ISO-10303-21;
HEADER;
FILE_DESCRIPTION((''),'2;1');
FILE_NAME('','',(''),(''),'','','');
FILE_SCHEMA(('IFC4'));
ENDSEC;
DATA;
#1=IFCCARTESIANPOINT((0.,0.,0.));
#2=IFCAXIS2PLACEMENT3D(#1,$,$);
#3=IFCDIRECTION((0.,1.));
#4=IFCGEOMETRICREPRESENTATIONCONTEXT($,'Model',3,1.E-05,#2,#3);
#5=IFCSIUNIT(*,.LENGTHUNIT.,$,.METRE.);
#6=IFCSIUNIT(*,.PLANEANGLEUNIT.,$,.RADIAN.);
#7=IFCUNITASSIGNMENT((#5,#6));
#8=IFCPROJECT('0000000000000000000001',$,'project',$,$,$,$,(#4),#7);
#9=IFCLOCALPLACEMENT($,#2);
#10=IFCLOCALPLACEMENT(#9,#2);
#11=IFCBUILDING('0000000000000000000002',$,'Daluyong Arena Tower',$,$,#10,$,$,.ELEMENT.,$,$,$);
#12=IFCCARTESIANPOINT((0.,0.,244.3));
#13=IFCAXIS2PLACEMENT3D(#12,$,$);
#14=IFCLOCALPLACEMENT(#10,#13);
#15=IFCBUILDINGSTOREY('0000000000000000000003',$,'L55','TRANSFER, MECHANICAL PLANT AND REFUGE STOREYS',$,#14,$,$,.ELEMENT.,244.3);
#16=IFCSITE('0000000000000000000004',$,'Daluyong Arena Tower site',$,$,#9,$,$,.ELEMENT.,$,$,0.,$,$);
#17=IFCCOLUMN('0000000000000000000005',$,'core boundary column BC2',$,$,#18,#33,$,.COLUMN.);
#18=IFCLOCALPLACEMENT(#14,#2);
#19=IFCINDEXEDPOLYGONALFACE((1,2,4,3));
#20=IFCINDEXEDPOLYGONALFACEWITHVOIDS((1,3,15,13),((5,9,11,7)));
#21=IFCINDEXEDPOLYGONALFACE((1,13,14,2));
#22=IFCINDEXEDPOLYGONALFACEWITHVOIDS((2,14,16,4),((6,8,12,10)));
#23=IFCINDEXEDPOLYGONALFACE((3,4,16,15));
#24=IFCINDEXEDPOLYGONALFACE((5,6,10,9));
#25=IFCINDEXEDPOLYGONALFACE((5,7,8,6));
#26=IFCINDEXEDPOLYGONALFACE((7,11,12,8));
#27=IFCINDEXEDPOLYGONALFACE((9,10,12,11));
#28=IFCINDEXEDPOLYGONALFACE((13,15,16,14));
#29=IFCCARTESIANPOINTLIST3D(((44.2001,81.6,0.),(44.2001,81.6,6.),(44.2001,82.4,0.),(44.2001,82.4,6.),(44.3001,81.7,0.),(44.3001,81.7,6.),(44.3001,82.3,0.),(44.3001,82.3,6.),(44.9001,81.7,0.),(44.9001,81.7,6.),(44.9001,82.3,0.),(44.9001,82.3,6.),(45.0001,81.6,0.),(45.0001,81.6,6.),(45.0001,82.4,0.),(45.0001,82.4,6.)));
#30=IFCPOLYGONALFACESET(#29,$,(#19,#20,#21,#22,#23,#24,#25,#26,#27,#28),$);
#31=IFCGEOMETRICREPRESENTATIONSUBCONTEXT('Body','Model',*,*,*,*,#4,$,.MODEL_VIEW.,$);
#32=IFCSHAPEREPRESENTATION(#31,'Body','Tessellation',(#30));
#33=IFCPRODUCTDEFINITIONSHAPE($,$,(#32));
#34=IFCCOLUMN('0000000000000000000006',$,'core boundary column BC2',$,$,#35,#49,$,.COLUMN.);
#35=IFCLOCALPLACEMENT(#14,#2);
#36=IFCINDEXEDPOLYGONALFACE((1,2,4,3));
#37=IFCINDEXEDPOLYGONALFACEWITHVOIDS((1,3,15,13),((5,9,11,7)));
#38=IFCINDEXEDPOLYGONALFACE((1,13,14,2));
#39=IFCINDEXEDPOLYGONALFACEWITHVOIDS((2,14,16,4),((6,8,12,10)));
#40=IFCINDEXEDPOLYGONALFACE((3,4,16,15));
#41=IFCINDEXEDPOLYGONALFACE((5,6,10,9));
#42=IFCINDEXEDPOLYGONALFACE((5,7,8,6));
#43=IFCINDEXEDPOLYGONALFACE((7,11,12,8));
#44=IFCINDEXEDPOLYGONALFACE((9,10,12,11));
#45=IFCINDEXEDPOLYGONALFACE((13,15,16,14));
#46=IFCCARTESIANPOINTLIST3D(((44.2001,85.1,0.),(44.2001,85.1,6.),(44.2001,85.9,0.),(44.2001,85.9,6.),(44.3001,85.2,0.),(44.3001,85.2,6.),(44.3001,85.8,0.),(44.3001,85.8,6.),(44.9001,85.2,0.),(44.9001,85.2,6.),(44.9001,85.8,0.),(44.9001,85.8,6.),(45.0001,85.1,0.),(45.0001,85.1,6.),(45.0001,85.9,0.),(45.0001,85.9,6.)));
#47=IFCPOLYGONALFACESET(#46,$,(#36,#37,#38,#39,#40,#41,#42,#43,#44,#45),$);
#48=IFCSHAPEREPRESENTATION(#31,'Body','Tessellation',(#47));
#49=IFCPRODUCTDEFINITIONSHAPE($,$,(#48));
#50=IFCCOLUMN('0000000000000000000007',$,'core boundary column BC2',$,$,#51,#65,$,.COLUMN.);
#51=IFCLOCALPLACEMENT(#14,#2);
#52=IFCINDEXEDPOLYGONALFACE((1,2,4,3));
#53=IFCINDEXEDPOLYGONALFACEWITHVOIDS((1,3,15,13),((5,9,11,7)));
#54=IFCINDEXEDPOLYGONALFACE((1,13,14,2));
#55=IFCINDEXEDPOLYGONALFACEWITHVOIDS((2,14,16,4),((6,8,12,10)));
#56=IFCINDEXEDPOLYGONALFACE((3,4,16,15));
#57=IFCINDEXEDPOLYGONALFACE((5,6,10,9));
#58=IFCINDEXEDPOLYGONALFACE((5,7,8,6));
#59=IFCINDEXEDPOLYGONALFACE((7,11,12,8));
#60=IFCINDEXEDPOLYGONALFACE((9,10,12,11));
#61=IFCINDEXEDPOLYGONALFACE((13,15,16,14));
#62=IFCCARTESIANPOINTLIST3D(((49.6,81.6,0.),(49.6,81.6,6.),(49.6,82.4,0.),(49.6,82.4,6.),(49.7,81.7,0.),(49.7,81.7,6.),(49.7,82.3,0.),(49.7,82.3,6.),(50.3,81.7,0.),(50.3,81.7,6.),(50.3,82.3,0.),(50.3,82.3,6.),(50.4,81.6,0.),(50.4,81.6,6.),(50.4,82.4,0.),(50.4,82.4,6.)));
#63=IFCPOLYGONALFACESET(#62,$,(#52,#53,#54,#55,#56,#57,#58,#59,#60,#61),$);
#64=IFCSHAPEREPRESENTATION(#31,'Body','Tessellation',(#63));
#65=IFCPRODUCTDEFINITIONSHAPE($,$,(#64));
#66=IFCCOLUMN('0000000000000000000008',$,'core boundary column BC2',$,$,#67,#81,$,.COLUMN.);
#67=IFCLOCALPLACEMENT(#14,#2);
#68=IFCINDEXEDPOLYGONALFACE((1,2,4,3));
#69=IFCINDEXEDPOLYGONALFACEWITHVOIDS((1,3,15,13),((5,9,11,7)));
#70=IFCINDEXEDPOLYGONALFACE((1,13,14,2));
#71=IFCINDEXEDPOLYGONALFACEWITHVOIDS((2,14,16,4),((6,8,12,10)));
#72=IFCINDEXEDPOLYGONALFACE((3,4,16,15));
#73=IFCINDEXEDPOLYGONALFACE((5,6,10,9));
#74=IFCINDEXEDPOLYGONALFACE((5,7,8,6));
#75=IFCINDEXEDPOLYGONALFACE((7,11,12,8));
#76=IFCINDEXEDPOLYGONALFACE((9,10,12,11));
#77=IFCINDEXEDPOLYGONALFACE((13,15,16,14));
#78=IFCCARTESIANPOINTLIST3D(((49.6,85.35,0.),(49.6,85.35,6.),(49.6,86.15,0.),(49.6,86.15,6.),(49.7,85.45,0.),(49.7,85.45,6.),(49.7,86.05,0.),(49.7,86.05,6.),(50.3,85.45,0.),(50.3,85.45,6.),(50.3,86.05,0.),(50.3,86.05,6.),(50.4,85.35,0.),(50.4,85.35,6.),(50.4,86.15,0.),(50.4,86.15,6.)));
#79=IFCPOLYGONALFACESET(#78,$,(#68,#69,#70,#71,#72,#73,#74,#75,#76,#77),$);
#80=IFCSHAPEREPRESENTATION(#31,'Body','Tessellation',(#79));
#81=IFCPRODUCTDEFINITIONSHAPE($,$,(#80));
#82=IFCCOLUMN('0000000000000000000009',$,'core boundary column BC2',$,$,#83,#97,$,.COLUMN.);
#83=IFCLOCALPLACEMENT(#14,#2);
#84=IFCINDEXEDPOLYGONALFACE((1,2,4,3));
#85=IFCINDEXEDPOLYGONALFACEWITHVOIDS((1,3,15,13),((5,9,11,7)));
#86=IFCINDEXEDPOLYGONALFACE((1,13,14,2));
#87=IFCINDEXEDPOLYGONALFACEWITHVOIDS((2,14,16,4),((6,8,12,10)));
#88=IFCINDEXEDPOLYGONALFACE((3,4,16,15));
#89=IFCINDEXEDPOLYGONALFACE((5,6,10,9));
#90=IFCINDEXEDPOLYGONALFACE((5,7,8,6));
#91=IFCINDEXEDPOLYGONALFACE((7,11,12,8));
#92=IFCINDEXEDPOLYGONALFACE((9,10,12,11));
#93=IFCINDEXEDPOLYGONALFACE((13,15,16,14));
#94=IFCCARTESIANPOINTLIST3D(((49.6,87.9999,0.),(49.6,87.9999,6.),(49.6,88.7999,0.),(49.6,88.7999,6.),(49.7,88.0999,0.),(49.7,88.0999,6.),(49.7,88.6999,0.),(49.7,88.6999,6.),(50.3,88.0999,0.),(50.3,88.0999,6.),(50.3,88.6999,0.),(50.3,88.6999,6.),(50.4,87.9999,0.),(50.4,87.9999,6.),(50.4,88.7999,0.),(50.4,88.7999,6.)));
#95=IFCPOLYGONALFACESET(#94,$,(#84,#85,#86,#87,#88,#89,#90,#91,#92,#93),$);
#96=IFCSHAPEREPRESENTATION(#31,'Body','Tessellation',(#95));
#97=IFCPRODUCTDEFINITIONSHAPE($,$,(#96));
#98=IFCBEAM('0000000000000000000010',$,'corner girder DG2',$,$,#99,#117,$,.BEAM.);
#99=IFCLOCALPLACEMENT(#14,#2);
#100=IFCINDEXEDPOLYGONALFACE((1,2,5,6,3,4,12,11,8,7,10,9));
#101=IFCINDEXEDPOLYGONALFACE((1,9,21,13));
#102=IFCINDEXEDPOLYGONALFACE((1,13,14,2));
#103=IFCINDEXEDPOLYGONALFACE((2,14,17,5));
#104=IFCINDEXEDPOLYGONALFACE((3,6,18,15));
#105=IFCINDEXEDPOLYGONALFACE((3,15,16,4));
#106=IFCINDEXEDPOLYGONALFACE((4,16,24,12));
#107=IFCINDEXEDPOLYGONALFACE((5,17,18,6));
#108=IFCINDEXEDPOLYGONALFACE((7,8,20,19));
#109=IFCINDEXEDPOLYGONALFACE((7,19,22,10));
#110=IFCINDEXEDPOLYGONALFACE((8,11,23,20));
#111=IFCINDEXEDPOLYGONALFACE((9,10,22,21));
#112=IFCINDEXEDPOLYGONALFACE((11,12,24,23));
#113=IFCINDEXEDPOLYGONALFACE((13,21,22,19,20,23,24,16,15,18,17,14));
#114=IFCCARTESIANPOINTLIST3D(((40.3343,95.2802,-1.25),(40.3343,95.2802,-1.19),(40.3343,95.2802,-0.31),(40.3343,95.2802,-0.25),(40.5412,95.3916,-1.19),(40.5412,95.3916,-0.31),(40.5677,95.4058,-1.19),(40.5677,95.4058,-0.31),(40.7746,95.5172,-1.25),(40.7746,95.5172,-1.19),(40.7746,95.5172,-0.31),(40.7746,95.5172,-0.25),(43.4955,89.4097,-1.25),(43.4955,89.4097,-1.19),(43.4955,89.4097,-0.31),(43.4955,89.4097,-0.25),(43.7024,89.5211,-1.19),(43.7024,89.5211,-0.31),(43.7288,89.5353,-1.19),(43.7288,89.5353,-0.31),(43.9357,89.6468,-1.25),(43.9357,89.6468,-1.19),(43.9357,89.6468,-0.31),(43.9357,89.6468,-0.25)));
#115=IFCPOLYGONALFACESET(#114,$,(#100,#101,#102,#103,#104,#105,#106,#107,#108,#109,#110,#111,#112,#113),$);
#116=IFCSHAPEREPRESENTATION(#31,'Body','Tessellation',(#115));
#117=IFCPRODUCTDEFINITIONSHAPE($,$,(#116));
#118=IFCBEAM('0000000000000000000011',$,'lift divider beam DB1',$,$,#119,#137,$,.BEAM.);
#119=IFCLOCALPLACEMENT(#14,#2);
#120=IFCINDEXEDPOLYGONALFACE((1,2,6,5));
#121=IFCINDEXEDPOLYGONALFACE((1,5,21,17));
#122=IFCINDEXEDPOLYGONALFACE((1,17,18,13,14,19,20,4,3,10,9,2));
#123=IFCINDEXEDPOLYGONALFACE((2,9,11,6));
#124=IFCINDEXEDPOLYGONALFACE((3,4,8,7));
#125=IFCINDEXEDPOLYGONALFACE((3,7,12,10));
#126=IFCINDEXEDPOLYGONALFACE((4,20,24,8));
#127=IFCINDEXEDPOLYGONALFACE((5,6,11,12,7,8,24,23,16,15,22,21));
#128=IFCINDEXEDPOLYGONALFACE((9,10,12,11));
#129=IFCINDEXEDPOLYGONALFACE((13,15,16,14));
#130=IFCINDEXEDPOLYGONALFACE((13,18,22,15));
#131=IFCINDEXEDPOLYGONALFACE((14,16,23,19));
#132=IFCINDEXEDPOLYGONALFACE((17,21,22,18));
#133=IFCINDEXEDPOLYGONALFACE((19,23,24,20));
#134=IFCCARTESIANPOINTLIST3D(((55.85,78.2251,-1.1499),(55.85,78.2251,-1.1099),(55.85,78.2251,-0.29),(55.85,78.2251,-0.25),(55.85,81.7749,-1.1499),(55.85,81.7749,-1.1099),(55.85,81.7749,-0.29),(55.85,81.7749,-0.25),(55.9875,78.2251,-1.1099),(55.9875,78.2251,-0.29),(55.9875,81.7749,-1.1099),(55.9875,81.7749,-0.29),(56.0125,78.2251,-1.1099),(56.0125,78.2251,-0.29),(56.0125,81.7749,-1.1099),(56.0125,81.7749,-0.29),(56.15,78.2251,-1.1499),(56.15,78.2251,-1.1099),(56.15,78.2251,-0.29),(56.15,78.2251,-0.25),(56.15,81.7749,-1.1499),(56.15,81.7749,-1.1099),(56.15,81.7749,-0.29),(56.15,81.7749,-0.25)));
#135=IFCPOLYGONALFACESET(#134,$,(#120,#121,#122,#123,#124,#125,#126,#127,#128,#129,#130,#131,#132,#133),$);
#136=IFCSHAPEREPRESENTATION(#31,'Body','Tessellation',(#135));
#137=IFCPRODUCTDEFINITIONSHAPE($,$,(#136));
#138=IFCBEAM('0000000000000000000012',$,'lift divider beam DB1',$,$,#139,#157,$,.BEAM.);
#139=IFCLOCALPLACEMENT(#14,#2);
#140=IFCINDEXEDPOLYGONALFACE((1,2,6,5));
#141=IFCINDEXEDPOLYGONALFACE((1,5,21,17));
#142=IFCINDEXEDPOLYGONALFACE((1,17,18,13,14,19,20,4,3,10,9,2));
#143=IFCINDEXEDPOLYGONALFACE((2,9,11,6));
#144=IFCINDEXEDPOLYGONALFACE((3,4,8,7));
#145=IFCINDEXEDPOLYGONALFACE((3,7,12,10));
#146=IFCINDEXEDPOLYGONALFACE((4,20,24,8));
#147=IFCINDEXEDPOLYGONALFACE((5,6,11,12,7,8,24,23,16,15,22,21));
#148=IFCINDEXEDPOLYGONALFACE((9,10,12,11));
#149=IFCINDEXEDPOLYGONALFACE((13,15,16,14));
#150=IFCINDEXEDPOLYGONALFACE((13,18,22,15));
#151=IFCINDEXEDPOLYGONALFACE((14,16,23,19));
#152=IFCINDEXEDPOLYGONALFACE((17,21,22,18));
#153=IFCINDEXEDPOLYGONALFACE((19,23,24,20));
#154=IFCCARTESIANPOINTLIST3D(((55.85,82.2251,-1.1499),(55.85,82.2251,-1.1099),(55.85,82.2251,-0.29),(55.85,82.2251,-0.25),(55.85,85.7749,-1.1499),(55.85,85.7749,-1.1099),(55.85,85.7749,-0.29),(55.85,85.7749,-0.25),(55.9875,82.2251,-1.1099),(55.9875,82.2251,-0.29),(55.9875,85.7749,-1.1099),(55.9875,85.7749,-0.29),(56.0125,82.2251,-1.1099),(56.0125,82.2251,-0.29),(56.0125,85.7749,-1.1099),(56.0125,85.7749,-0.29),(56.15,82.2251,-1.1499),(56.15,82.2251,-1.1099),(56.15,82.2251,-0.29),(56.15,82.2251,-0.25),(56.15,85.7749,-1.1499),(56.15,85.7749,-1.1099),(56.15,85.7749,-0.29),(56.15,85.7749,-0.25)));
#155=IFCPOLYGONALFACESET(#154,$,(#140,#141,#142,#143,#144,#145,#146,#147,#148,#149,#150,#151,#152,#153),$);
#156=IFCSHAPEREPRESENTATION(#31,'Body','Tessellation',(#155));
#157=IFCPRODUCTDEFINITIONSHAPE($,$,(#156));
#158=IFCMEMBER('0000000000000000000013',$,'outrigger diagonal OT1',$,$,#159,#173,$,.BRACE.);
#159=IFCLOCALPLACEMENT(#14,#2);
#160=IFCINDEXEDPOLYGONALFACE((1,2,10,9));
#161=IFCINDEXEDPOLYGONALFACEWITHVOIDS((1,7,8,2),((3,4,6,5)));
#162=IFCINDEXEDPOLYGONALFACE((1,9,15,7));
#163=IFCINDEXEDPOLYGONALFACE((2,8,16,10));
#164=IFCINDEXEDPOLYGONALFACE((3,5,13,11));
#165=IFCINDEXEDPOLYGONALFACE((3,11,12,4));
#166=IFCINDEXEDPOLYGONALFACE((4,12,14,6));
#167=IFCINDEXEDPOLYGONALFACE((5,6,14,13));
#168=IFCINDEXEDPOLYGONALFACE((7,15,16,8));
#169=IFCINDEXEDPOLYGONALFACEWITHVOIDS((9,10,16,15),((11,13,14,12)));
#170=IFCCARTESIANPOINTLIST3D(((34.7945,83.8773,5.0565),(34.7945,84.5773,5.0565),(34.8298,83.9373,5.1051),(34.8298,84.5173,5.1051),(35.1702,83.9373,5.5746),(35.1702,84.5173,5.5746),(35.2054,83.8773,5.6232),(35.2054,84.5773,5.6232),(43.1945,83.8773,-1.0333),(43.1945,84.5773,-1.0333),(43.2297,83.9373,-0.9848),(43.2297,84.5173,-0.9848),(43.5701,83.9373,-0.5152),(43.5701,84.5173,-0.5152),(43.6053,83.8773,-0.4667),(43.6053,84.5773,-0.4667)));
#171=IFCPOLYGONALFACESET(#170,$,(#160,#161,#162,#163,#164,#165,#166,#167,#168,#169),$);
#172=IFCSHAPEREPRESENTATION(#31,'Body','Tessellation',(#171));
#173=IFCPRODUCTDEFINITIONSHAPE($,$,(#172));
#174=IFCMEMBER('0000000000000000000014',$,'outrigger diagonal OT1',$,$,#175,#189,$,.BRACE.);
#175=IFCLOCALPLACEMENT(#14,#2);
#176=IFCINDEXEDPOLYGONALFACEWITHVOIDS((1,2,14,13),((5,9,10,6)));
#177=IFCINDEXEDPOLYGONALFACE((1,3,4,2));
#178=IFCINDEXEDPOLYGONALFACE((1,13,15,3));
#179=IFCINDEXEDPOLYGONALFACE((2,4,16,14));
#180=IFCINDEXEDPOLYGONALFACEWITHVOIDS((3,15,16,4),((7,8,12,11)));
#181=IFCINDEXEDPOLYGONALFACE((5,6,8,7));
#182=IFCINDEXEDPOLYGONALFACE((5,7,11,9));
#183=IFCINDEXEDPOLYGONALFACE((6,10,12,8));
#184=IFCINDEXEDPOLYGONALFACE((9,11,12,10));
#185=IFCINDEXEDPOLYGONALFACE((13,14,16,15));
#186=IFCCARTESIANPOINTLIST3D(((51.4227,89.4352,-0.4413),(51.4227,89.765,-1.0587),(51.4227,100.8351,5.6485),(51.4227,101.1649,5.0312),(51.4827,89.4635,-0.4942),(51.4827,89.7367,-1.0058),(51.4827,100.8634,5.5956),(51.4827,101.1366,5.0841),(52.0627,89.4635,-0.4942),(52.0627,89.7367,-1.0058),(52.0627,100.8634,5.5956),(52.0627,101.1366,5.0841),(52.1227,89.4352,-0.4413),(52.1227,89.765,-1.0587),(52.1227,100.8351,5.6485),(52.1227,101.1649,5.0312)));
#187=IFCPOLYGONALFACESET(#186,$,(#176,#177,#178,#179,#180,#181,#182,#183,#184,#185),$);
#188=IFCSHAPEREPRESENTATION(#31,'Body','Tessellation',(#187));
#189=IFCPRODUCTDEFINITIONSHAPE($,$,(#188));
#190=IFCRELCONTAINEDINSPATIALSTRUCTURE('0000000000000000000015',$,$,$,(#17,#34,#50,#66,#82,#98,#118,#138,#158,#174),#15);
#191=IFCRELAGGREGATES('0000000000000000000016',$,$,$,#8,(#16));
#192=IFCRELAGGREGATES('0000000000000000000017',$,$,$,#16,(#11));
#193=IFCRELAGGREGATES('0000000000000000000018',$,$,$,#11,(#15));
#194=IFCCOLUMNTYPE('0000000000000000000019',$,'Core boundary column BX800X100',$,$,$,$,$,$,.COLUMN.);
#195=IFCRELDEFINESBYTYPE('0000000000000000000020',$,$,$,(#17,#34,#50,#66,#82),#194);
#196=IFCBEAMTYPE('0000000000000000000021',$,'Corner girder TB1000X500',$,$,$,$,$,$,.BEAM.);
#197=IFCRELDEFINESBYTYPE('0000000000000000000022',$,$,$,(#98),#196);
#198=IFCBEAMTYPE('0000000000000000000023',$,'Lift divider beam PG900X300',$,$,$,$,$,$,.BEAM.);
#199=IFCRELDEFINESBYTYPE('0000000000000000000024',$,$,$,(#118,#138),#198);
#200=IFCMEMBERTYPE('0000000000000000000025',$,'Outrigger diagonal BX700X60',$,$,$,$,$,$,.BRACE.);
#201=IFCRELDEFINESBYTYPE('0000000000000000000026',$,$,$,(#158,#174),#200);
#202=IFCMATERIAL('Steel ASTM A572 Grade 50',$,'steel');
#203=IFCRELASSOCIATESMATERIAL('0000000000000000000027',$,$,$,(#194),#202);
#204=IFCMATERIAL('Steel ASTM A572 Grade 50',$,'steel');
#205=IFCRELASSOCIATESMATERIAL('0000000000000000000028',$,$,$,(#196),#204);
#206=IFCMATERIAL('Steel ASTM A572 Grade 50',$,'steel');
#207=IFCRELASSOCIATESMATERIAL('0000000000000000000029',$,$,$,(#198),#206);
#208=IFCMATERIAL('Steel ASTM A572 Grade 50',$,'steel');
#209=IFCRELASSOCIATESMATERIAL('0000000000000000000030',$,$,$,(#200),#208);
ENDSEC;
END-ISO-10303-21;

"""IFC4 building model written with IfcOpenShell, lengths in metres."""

from ifc_helpers import new_model, si_unit, direction, frame, origin, origin_2d, place, context, subcontext, project, spatial, hollow_rectangle, i_section, extrude, material, material_profile, profile_set, type_object, element, save


model = new_model("IFC4")

# Units and contexts
model_context = context("Model", 3, precision=1e-05, world=origin(), true_north=direction((0.0, 1.0)))
body_context = subcontext(model_context, "Body", "Model", "MODEL_VIEW")
ifc_project = project(units=[si_unit("LENGTHUNIT", "METRE"), si_unit("PLANEANGLEUNIT", "RADIAN")], contexts=[model_context])

# Site, building, storey
site_placement = place(None, origin())
site = spatial("IfcSite", under=ifc_project, at=site_placement, Name="Daluyong Arena Tower site", CompositionType="ELEMENT", RefElevation=0.0)
building_placement = place(site_placement, origin())
building = spatial("IfcBuilding", under=site, at=building_placement, Name="Daluyong Arena Tower", CompositionType="ELEMENT")
storey_placement = place(building_placement, frame((0.0, 0.0, 244.3)))
storey = spatial("IfcBuildingStorey", under=building, at=storey_placement, Name="L55", Description="TRANSFER, MECHANICAL PLANT AND REFUGE STOREYS", CompositionType="ELEMENT", Elevation=244.3)

# Columns
ifc_material_1 = material(Name="Steel ASTM A572 Grade 50", Category="steel")
ifc_material_profile_1 = material_profile(ifc_material_1, hollow_rectangle(XDim=0.8, YDim=0.8, WallThickness=0.1, at=origin_2d()))
ifc_profile_set_1 = profile_set([ifc_material_profile_1], Name="Steel ASTM A572 Grade 50")
column_type = type_object("IfcColumnType", Name="Core boundary column BX800X100", PredefinedType="COLUMN", material=ifc_profile_set_1)
for number, where, z_axis, x_axis, name in (
    (1, (44.6001, 82.0, 0.0), (0.0, 0.0, 1.0), (1.0, 0.0, 0.0), "core boundary column BC2"),
    (2, (44.6001, 85.5, 0.0), (0.0, 0.0, 1.0), (1.0, 0.0, 0.0), "core boundary column BC2"),
    (3, (50.0, 82.0, 0.0), (0.0, 0.0, 1.0), (1.0, 0.0, 0.0), "core boundary column BC2"),
    (4, (50.0, 85.75, 0.0), (0.0, 0.0, 1.0), (1.0, 0.0, 0.0), "core boundary column BC2"),
    (5, (50.0, 88.3999, 0.0), (0.0, 0.0, 1.0), (1.0, 0.0, 0.0), "core boundary column BC2"),
):
    element("IfcColumn", number, at=place(storey_placement, frame(where, z_axis=z_axis, x_axis=x_axis)), inside=storey, type_object=column_type, Name=name, PredefinedType="COLUMN", context=body_context, shape_type="SweptSolid", body=[
        extrude(hollow_rectangle(XDim=0.8, YDim=0.8, WallThickness=0.1, at=origin_2d()), origin(), (0.0, 0.0, 1.0), 6.0),
    ])

# Beams
ifc_material_2 = material(Name="Steel ASTM A572 Grade 50", Category="steel")
ifc_material_profile_2 = material_profile(ifc_material_2, i_section(OverallWidth=0.5, OverallDepth=1.0, WebThickness=0.03, FlangeThickness=0.06, at=origin_2d()))
ifc_profile_set_2 = profile_set([ifc_material_profile_2], Name="Steel ASTM A572 Grade 50")
beam_type_1 = type_object("IfcBeamType", Name="Corner girder TB1000X500", PredefinedType="BEAM", material=ifc_profile_set_2)
beam_1_placement = place(storey_placement, frame((40.5544, 95.3987, -0.75), z_axis=(0.474119, -0.880461, 0.0), x_axis=(0.880461, 0.474119, 0.0)))
element("IfcBeam", 6, at=beam_1_placement, inside=storey, type_object=beam_type_1, Name="corner girder DG2", PredefinedType="BEAM", context=body_context, shape_type="SweptSolid", body=[
    extrude(i_section(OverallWidth=0.5, OverallDepth=1.0, WebThickness=0.03, FlangeThickness=0.06, at=origin_2d()), origin(), (0.0, 0.0, 1.0), 6.6675),
])
ifc_material_3 = material(Name="Steel ASTM A572 Grade 50", Category="steel")
ifc_material_profile_3 = material_profile(ifc_material_3, i_section(OverallWidth=0.3, OverallDepth=0.8999, WebThickness=0.025, FlangeThickness=0.04, at=origin_2d()))
ifc_profile_set_3 = profile_set([ifc_material_profile_3], Name="Steel ASTM A572 Grade 50")
beam_type_2 = type_object("IfcBeamType", Name="Lift divider beam PG900X300", PredefinedType="BEAM", material=ifc_profile_set_3)
for number, where, z_axis, x_axis, name in (
    (7, (56.0, 78.2251, -0.7), (0.0, 1.0, 0.0), (-1.0, 0.0, 0.0), "lift divider beam DB1"),
    (8, (56.0, 82.2251, -0.7), (0.0, 1.0, 0.0), (-1.0, 0.0, 0.0), "lift divider beam DB1"),
):
    element("IfcBeam", number, at=place(storey_placement, frame(where, z_axis=z_axis, x_axis=x_axis)), inside=storey, type_object=beam_type_2, Name=name, PredefinedType="BEAM", context=body_context, shape_type="SweptSolid", body=[
        extrude(i_section(OverallWidth=0.3, OverallDepth=0.8999, WebThickness=0.025, FlangeThickness=0.04, at=origin_2d()), origin(), (0.0, 0.0, 1.0), 3.5498),
    ])

# Members
ifc_material_4 = material(Name="Steel ASTM A572 Grade 50", Category="steel")
ifc_material_profile_4 = material_profile(ifc_material_4, hollow_rectangle(XDim=0.7, YDim=0.7, WallThickness=0.06, at=origin_2d()))
ifc_profile_set_4 = profile_set([ifc_material_profile_4], Name="Steel ASTM A572 Grade 50")
member_type = type_object("IfcMemberType", Name="Outrigger diagonal BX700X60", PredefinedType="BRACE", material=ifc_profile_set_4)
member_1_placement = place(storey_placement, frame((43.3999, 84.2273, -0.75), z_axis=(-0.809614, 0.0, 0.586962), x_axis=(0.0, -1.0, 0.0)))
element("IfcMember", 9, at=member_1_placement, inside=storey, type_object=member_type, Name="outrigger diagonal OT1", PredefinedType="BRACE", context=body_context, shape_type="SweptSolid", body=[
    extrude(hollow_rectangle(XDim=0.7, YDim=0.7, WallThickness=0.06, at=origin_2d()), origin(), (0.0, 0.0, 1.0), 10.3752),
])
member_2_placement = place(storey_placement, frame((51.7727, 89.6001, -0.75), z_axis=(0.0, 0.882035, 0.471184), x_axis=(-1.0, 0.0, 0.0)))
element("IfcMember", 10, at=member_2_placement, inside=storey, type_object=member_type, Name="outrigger diagonal OT1", PredefinedType="BRACE", context=body_context, shape_type="SweptSolid", body=[
    extrude(hollow_rectangle(XDim=0.7, YDim=0.7, WallThickness=0.06, at=origin_2d()), origin(), (0.0, 0.0, 1.0), 12.9246),
])

save(model, "model.ifc")
